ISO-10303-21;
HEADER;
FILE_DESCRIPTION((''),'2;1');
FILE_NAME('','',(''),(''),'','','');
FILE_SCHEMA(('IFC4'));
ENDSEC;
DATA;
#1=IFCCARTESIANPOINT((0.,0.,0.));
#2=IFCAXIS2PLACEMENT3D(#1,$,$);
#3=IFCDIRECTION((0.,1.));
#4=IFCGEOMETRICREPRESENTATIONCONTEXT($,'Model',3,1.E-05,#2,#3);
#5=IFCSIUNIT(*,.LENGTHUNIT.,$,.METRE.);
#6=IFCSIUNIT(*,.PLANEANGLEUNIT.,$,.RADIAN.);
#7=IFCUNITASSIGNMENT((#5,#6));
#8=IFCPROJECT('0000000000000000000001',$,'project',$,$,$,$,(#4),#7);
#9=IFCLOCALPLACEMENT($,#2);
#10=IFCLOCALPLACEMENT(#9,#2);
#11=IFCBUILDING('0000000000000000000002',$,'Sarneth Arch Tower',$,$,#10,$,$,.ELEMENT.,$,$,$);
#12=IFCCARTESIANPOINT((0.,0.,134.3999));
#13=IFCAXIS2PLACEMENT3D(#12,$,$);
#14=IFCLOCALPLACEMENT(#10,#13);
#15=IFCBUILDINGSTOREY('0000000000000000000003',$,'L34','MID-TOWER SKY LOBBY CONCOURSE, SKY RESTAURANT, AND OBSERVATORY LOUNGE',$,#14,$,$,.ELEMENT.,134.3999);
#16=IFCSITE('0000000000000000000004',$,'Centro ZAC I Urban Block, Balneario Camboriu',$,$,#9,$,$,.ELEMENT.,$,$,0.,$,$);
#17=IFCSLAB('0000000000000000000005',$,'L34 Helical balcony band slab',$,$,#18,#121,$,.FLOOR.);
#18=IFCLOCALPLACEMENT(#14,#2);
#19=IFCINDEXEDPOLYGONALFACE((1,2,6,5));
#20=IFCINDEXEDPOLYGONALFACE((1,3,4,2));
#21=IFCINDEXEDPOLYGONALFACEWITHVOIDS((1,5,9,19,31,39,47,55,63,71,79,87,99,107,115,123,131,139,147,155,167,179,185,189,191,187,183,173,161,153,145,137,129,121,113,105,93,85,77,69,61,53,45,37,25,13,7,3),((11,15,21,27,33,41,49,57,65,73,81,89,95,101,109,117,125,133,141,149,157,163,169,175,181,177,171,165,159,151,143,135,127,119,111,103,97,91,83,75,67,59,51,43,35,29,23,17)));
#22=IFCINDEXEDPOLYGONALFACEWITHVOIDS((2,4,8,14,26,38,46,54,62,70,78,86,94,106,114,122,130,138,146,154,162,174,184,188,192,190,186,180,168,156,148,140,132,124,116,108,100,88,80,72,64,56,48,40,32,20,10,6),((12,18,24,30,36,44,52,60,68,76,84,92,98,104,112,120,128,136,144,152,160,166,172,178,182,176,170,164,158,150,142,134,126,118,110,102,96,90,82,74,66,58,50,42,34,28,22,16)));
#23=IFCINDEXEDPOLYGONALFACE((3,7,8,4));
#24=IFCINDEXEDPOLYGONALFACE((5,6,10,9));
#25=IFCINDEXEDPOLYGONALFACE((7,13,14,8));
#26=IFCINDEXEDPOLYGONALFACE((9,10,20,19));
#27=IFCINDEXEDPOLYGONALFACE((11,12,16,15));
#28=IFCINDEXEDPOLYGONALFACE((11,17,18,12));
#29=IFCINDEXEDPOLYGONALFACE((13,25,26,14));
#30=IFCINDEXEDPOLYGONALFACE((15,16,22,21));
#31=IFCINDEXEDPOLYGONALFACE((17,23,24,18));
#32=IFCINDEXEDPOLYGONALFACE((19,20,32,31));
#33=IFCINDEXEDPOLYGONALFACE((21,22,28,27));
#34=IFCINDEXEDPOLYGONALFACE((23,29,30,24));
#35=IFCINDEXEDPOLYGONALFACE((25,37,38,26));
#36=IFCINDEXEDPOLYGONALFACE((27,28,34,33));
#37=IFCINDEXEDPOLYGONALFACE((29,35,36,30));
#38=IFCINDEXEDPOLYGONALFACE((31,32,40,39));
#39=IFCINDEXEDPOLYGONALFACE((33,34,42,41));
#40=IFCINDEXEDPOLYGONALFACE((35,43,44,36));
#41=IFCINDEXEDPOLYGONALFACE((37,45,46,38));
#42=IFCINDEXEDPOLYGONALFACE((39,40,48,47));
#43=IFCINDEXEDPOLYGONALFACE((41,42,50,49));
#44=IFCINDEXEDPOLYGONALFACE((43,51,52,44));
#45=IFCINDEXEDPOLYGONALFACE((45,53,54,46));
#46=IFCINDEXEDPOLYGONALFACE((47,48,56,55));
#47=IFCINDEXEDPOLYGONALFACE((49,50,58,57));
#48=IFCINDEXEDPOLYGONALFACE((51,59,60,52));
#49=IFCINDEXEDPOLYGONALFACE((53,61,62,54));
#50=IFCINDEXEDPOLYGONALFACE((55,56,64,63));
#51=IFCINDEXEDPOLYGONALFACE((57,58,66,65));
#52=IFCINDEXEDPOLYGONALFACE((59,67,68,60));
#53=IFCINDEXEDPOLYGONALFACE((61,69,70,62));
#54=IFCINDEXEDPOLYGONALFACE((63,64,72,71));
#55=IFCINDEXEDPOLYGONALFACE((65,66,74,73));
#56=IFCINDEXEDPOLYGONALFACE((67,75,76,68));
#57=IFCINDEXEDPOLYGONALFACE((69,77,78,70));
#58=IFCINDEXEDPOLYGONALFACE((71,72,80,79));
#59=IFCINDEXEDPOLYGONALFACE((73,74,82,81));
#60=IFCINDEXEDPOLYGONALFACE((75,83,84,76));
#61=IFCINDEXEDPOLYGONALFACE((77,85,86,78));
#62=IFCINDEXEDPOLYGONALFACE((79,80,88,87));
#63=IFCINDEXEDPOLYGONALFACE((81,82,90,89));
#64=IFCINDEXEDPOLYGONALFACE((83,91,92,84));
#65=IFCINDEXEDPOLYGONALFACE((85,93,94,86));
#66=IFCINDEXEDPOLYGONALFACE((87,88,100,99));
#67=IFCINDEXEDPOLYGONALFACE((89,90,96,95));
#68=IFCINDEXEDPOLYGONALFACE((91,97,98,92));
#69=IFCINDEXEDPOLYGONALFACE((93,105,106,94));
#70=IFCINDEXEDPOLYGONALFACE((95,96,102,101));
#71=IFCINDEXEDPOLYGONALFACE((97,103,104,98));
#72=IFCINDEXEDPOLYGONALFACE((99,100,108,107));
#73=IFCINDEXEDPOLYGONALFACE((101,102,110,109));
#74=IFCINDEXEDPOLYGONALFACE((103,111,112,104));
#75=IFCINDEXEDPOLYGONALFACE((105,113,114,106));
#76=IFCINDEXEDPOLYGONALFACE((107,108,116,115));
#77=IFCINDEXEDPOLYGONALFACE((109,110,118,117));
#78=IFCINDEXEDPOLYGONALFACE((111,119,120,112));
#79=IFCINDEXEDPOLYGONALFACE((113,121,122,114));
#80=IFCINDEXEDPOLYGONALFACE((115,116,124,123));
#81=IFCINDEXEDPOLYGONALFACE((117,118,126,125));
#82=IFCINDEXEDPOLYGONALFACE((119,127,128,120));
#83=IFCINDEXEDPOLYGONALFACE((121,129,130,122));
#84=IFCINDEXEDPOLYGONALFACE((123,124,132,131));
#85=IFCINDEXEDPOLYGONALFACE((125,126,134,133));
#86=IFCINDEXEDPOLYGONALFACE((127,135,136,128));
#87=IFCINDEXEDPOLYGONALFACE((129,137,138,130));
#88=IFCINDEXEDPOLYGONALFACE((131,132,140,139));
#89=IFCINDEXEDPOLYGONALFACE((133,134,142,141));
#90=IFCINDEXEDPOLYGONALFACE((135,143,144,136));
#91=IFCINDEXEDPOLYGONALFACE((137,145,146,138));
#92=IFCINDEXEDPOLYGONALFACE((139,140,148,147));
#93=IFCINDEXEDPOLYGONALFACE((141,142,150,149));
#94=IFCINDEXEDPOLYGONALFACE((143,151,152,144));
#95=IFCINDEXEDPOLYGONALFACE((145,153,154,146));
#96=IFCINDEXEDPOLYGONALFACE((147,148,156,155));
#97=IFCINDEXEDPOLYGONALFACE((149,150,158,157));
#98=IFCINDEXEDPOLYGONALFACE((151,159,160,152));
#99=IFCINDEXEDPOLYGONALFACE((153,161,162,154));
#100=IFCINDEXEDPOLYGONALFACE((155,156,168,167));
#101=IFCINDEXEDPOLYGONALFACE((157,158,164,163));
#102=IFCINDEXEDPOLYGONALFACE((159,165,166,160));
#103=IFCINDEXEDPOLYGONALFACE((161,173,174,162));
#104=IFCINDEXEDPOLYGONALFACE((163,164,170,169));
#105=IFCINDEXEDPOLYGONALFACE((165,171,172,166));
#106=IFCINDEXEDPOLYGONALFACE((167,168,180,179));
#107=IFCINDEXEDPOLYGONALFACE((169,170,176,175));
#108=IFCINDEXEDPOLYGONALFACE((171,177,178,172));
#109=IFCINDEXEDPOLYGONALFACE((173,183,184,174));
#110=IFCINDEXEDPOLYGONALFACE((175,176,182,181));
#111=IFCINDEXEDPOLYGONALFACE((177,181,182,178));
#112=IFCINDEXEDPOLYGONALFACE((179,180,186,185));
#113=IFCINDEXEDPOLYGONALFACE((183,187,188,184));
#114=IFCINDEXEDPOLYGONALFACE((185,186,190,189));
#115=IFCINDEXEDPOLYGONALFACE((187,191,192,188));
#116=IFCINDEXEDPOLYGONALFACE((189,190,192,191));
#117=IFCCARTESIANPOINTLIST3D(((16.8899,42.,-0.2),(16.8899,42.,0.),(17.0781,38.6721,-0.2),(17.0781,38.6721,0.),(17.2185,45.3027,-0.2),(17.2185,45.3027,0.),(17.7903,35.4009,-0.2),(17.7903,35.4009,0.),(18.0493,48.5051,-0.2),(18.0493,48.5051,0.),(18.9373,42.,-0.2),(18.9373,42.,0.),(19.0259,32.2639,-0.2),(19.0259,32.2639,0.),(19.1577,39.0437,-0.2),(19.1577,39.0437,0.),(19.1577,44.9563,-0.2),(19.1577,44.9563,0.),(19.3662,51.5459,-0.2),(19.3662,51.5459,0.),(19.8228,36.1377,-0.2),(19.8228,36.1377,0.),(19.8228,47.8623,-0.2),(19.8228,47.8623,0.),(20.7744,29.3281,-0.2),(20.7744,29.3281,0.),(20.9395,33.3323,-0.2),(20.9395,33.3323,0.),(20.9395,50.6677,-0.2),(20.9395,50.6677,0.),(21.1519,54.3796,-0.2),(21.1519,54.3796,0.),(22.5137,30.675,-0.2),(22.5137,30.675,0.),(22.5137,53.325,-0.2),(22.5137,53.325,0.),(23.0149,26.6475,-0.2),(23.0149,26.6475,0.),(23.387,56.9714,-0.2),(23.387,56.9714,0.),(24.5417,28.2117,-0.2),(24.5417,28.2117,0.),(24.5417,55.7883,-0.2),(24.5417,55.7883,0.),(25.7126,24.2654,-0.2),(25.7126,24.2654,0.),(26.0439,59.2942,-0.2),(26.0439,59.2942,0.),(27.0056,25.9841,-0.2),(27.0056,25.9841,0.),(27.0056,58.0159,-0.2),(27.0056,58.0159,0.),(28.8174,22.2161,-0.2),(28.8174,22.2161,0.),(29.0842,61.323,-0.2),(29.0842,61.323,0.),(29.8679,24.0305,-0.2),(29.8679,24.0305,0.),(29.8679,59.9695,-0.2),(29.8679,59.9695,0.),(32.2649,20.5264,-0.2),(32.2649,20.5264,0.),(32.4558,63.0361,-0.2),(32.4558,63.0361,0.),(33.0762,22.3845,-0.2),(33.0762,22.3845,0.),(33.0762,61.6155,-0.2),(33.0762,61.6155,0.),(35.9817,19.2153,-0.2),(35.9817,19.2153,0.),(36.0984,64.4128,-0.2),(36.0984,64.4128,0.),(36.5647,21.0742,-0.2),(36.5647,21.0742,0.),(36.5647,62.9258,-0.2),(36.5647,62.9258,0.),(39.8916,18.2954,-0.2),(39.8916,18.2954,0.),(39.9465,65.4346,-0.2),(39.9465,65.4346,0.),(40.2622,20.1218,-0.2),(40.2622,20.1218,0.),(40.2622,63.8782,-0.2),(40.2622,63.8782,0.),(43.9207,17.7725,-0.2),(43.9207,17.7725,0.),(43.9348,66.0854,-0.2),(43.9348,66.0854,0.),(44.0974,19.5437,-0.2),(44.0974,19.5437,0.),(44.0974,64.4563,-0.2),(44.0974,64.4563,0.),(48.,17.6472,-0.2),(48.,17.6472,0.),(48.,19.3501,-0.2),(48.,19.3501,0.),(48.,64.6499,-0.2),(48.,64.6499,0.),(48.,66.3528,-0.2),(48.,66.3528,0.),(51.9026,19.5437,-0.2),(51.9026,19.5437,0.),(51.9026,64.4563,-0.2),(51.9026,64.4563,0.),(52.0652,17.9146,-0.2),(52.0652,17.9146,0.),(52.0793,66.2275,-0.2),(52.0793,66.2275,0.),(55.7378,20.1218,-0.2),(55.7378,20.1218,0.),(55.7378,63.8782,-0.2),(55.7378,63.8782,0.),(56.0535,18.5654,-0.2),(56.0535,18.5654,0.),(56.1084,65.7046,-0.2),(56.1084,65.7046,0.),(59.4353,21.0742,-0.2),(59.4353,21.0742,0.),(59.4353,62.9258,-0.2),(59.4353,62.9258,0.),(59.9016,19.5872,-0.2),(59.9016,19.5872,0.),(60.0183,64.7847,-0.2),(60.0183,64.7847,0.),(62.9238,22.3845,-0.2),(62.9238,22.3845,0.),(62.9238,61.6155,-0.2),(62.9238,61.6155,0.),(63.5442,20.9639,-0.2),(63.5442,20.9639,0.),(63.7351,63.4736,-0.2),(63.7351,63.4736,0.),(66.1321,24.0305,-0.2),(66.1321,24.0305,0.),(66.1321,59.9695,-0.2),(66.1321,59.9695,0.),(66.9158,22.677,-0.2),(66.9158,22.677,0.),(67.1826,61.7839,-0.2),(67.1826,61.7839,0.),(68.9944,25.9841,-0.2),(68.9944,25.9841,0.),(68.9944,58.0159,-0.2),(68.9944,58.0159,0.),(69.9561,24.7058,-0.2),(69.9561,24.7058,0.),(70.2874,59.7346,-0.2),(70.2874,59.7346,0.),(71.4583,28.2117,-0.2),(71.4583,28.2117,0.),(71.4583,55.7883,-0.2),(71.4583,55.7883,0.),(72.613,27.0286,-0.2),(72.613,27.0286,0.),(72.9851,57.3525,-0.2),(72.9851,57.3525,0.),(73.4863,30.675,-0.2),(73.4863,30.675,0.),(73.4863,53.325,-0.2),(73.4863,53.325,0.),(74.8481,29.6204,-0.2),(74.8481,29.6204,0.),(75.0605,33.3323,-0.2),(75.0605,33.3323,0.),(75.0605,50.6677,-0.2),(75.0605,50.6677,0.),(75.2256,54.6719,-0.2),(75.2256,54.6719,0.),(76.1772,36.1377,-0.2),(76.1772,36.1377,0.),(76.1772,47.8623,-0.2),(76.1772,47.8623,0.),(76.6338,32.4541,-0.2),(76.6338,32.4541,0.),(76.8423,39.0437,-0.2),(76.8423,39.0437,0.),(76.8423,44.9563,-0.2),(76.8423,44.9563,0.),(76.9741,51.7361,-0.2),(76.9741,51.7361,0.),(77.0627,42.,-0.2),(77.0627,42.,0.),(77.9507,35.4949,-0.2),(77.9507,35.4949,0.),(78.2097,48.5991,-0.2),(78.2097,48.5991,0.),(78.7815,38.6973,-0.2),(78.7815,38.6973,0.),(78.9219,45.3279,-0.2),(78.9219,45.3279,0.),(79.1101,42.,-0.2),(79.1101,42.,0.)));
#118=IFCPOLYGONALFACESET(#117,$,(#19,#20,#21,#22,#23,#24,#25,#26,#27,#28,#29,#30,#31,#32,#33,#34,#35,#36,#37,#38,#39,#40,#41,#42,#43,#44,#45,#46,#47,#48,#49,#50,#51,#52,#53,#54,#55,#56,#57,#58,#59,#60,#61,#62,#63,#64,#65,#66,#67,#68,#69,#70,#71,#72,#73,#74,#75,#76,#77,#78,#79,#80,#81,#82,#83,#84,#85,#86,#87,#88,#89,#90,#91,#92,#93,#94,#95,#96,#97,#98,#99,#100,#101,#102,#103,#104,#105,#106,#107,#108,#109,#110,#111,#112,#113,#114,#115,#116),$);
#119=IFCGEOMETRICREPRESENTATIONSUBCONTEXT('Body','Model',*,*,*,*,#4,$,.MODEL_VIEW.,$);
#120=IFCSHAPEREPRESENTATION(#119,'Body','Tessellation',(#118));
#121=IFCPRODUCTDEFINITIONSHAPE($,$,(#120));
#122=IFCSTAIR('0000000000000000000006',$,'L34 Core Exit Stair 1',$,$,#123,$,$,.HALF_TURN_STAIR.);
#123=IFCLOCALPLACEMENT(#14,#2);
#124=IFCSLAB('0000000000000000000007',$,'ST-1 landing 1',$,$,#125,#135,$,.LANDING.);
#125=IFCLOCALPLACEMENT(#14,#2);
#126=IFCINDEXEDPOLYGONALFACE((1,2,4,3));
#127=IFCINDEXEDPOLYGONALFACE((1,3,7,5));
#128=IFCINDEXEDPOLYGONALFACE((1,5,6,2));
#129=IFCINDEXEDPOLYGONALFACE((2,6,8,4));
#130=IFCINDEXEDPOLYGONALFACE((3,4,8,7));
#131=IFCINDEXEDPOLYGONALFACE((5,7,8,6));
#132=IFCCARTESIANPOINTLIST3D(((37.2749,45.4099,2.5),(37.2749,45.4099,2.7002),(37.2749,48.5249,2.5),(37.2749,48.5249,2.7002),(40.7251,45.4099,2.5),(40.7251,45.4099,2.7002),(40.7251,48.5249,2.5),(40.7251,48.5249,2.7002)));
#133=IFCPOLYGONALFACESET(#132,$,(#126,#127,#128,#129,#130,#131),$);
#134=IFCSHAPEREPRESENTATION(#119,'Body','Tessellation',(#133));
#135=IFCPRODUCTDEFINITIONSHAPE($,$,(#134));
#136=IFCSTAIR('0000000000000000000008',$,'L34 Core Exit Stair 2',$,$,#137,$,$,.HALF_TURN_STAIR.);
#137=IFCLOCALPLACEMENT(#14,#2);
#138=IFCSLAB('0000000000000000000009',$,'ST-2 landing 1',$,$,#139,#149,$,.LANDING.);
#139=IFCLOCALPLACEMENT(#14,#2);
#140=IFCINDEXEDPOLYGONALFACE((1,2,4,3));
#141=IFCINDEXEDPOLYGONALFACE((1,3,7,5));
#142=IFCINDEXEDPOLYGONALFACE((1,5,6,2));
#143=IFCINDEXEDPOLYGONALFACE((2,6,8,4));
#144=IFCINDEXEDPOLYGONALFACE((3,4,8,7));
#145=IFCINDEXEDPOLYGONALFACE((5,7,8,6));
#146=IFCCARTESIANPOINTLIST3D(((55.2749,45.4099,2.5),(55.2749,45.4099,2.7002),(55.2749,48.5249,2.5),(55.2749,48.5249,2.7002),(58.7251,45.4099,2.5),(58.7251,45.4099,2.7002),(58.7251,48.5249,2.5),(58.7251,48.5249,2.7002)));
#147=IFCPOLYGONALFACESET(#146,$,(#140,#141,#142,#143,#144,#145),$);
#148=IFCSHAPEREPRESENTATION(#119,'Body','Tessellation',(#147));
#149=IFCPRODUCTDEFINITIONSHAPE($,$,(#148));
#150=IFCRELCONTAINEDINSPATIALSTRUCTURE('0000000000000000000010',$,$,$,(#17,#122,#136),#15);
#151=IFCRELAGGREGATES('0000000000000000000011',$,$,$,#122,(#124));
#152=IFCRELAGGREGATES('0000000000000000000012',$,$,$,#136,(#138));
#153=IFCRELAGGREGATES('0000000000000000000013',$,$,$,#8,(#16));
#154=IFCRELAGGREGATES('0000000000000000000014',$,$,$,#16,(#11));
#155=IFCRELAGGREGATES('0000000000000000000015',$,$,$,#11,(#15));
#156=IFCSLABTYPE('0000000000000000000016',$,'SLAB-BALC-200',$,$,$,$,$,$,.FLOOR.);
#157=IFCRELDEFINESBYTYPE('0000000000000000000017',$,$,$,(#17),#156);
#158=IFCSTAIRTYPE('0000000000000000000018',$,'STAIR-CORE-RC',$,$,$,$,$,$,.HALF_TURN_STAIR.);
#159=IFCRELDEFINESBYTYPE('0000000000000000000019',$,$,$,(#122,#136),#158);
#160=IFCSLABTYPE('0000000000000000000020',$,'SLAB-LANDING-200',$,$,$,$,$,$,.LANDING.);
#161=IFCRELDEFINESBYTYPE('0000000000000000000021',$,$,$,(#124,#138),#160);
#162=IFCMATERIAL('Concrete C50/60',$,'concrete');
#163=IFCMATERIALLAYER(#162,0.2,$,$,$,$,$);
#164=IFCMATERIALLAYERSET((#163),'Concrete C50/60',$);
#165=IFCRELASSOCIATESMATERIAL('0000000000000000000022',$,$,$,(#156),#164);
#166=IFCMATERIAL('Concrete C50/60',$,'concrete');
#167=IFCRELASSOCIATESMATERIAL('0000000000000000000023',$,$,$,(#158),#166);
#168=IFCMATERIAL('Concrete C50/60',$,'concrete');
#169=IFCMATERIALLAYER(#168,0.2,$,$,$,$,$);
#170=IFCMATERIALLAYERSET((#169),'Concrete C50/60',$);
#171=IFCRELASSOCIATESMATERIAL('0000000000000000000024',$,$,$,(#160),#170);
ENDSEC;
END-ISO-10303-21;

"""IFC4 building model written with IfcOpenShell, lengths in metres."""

from ifc_helpers import new_model, si_unit, direction, frame, origin, place, context, subcontext, project, spatial, polyline, outline, extrude, material, layer, layer_set, type_object, element, aggregate, save


model = new_model("IFC4")

# Units and contexts
model_context = context("Model", 3, precision=1e-05, world=origin(), true_north=direction((0.0, 1.0)))
body_context = subcontext(model_context, "Body", "Model", "MODEL_VIEW")
ifc_project = project(units=[si_unit("LENGTHUNIT", "METRE"), si_unit("PLANEANGLEUNIT", "RADIAN")], contexts=[model_context])

# Site, building, storey
site_placement = place(None, origin())
site = spatial("IfcSite", under=ifc_project, at=site_placement, Name="Centro ZAC I Urban Block, Balneario Camboriu", CompositionType="ELEMENT", RefElevation=0.0)
building_placement = place(site_placement, origin())
building = spatial("IfcBuilding", under=site, at=building_placement, Name="Sarneth Arch Tower", CompositionType="ELEMENT")
storey_placement = place(building_placement, frame((0.0, 0.0, 134.3999)))
storey = spatial("IfcBuildingStorey", under=building, at=storey_placement, Name="L34", Description="MID-TOWER SKY LOBBY CONCOURSE, SKY RESTAURANT, AND OBSERVATORY LOUNGE", CompositionType="ELEMENT", Elevation=134.3999)

# Slab
ifc_material_1 = material(Name="Concrete C50/60", Category="concrete")
ifc_layer_1 = layer(ifc_material_1, 0.2)
ifc_layer_set_1 = layer_set([ifc_layer_1], Name="Concrete C50/60")
slab_type_1 = type_object("IfcSlabType", Name="SLAB-BALC-200", PredefinedType="FLOOR", material=ifc_layer_set_1)
slab_1_placement = place(storey_placement, frame((0.0, 0.0, -0.2)))
element("IfcSlab", 1, at=slab_1_placement, inside=storey, type_object=slab_type_1, Name="L34 Helical balcony band slab", PredefinedType="FLOOR", context=body_context, shape_type="SweptSolid", body=[
    extrude(outline(polyline([(79.1101, 42.0), (78.9219, 45.3279), (78.2097, 48.5991), (76.9741, 51.7361), (75.2256, 54.6719), (72.9851, 57.3525), (70.2874, 59.7346), (67.1826, 61.7839), (63.7351, 63.4736), (60.0183, 64.7847), (56.1084, 65.7046), (52.0793, 66.2275), (48.0, 66.3528), (43.9348, 66.0854), (39.9465, 65.4346), (36.0984, 64.4128), (32.4558, 63.0361), (29.0842, 61.323), (26.0439, 59.2942), (23.387, 56.9714), (21.1519, 54.3796), (19.3662, 51.5459), (18.0493, 48.5051), (17.2185, 45.3027), (16.8899, 42.0), (17.0781, 38.6721), (17.7903, 35.4009), (19.0259, 32.2639), (20.7744, 29.3281), (23.0149, 26.6475), (25.7126, 24.2654), (28.8174, 22.2161), (32.2649, 20.5264), (35.9817, 19.2153), (39.8916, 18.2954), (43.9207, 17.7725), (48.0, 17.6472), (52.0652, 17.9146), (56.0535, 18.5654), (59.9016, 19.5872), (63.5442, 20.9639), (66.9158, 22.677), (69.9561, 24.7058), (72.613, 27.0286), (74.8481, 29.6204), (76.6338, 32.4541), (77.9507, 35.4949), (78.7815, 38.6973), (79.1101, 42.0)]), holes=[polyline([(77.0627, 42.0), (76.8423, 44.9563), (76.1772, 47.8623), (75.0605, 50.6677), (73.4863, 53.325), (71.4583, 55.7883), (68.9944, 58.0159), (66.1321, 59.9695), (62.9238, 61.6155), (59.4353, 62.9258), (55.7378, 63.8782), (51.9026, 64.4563), (48.0, 64.6499), (44.0974, 64.4563), (40.2622, 63.8782), (36.5647, 62.9258), (33.0762, 61.6155), (29.8679, 59.9695), (27.0056, 58.0159), (24.5417, 55.7883), (22.5137, 53.325), (20.9395, 50.6677), (19.8228, 47.8623), (19.1577, 44.9563), (18.9373, 42.0), (19.1577, 39.0437), (19.8228, 36.1377), (20.9395, 33.3323), (22.5137, 30.675), (24.5417, 28.2117), (27.0056, 25.9841), (29.8679, 24.0305), (33.0762, 22.3845), (36.5647, 21.0742), (40.2622, 20.1218), (44.0974, 19.5437), (48.0, 19.3501), (51.9026, 19.5437), (55.7378, 20.1218), (59.4353, 21.0742), (62.9238, 22.3845), (66.1321, 24.0305), (68.9944, 25.9841), (71.4583, 28.2117), (73.4863, 30.675), (75.0605, 33.3323), (76.1772, 36.1377), (76.8423, 39.0437), (77.0627, 42.0)])]), origin(), (0.0, 0.0, 1.0), 0.2),
])

# Stairs, slabs
ifc_material_2 = material(Name="Concrete C50/60", Category="concrete")
stair_type = type_object("IfcStairType", Name="STAIR-CORE-RC", PredefinedType="HALF_TURN_STAIR", material=ifc_material_2)
stair_1_placement = place(storey_placement, origin())
stair_1 = element("IfcStair", 2, at=stair_1_placement, inside=storey, type_object=stair_type, Name="L34 Core Exit Stair 1", PredefinedType="HALF_TURN_STAIR")
ifc_material_3 = material(Name="Concrete C50/60", Category="concrete")
ifc_layer_2 = layer(ifc_material_3, 0.2)
ifc_layer_set_2 = layer_set([ifc_layer_2], Name="Concrete C50/60")
slab_type_2 = type_object("IfcSlabType", Name="SLAB-LANDING-200", PredefinedType="LANDING", material=ifc_layer_set_2)
slab_2_placement = place(storey_placement, frame((0.0, 0.0, 2.5)))
slab_2 = element("IfcSlab", 3, at=slab_2_placement, type_object=slab_type_2, Name="ST-1 landing 1", PredefinedType="LANDING", context=body_context, shape_type="SweptSolid", body=[
    extrude(outline(polyline([(37.2749, 45.4099), (40.7251, 45.4099), (40.7251, 48.5249), (37.2749, 48.5249), (37.2749, 45.4099)])), origin(), (0.0, 0.0, 1.0), 0.2002),
])
aggregate(stair_1, [slab_2])
stair_2_placement = place(storey_placement, origin())
stair_2 = element("IfcStair", 4, at=stair_2_placement, inside=storey, type_object=stair_type, Name="L34 Core Exit Stair 2", PredefinedType="HALF_TURN_STAIR")
slab_3_placement = place(storey_placement, frame((0.0, 0.0, 2.5)))
slab_3 = element("IfcSlab", 5, at=slab_3_placement, type_object=slab_type_2, Name="ST-2 landing 1", PredefinedType="LANDING", context=body_context, shape_type="SweptSolid", body=[
    extrude(outline(polyline([(55.2749, 45.4099), (58.7251, 45.4099), (58.7251, 48.5249), (55.2749, 48.5249), (55.2749, 45.4099)])), origin(), (0.0, 0.0, 1.0), 0.2002),
])
aggregate(stair_2, [slab_3])

save(model, "model.ifc")
